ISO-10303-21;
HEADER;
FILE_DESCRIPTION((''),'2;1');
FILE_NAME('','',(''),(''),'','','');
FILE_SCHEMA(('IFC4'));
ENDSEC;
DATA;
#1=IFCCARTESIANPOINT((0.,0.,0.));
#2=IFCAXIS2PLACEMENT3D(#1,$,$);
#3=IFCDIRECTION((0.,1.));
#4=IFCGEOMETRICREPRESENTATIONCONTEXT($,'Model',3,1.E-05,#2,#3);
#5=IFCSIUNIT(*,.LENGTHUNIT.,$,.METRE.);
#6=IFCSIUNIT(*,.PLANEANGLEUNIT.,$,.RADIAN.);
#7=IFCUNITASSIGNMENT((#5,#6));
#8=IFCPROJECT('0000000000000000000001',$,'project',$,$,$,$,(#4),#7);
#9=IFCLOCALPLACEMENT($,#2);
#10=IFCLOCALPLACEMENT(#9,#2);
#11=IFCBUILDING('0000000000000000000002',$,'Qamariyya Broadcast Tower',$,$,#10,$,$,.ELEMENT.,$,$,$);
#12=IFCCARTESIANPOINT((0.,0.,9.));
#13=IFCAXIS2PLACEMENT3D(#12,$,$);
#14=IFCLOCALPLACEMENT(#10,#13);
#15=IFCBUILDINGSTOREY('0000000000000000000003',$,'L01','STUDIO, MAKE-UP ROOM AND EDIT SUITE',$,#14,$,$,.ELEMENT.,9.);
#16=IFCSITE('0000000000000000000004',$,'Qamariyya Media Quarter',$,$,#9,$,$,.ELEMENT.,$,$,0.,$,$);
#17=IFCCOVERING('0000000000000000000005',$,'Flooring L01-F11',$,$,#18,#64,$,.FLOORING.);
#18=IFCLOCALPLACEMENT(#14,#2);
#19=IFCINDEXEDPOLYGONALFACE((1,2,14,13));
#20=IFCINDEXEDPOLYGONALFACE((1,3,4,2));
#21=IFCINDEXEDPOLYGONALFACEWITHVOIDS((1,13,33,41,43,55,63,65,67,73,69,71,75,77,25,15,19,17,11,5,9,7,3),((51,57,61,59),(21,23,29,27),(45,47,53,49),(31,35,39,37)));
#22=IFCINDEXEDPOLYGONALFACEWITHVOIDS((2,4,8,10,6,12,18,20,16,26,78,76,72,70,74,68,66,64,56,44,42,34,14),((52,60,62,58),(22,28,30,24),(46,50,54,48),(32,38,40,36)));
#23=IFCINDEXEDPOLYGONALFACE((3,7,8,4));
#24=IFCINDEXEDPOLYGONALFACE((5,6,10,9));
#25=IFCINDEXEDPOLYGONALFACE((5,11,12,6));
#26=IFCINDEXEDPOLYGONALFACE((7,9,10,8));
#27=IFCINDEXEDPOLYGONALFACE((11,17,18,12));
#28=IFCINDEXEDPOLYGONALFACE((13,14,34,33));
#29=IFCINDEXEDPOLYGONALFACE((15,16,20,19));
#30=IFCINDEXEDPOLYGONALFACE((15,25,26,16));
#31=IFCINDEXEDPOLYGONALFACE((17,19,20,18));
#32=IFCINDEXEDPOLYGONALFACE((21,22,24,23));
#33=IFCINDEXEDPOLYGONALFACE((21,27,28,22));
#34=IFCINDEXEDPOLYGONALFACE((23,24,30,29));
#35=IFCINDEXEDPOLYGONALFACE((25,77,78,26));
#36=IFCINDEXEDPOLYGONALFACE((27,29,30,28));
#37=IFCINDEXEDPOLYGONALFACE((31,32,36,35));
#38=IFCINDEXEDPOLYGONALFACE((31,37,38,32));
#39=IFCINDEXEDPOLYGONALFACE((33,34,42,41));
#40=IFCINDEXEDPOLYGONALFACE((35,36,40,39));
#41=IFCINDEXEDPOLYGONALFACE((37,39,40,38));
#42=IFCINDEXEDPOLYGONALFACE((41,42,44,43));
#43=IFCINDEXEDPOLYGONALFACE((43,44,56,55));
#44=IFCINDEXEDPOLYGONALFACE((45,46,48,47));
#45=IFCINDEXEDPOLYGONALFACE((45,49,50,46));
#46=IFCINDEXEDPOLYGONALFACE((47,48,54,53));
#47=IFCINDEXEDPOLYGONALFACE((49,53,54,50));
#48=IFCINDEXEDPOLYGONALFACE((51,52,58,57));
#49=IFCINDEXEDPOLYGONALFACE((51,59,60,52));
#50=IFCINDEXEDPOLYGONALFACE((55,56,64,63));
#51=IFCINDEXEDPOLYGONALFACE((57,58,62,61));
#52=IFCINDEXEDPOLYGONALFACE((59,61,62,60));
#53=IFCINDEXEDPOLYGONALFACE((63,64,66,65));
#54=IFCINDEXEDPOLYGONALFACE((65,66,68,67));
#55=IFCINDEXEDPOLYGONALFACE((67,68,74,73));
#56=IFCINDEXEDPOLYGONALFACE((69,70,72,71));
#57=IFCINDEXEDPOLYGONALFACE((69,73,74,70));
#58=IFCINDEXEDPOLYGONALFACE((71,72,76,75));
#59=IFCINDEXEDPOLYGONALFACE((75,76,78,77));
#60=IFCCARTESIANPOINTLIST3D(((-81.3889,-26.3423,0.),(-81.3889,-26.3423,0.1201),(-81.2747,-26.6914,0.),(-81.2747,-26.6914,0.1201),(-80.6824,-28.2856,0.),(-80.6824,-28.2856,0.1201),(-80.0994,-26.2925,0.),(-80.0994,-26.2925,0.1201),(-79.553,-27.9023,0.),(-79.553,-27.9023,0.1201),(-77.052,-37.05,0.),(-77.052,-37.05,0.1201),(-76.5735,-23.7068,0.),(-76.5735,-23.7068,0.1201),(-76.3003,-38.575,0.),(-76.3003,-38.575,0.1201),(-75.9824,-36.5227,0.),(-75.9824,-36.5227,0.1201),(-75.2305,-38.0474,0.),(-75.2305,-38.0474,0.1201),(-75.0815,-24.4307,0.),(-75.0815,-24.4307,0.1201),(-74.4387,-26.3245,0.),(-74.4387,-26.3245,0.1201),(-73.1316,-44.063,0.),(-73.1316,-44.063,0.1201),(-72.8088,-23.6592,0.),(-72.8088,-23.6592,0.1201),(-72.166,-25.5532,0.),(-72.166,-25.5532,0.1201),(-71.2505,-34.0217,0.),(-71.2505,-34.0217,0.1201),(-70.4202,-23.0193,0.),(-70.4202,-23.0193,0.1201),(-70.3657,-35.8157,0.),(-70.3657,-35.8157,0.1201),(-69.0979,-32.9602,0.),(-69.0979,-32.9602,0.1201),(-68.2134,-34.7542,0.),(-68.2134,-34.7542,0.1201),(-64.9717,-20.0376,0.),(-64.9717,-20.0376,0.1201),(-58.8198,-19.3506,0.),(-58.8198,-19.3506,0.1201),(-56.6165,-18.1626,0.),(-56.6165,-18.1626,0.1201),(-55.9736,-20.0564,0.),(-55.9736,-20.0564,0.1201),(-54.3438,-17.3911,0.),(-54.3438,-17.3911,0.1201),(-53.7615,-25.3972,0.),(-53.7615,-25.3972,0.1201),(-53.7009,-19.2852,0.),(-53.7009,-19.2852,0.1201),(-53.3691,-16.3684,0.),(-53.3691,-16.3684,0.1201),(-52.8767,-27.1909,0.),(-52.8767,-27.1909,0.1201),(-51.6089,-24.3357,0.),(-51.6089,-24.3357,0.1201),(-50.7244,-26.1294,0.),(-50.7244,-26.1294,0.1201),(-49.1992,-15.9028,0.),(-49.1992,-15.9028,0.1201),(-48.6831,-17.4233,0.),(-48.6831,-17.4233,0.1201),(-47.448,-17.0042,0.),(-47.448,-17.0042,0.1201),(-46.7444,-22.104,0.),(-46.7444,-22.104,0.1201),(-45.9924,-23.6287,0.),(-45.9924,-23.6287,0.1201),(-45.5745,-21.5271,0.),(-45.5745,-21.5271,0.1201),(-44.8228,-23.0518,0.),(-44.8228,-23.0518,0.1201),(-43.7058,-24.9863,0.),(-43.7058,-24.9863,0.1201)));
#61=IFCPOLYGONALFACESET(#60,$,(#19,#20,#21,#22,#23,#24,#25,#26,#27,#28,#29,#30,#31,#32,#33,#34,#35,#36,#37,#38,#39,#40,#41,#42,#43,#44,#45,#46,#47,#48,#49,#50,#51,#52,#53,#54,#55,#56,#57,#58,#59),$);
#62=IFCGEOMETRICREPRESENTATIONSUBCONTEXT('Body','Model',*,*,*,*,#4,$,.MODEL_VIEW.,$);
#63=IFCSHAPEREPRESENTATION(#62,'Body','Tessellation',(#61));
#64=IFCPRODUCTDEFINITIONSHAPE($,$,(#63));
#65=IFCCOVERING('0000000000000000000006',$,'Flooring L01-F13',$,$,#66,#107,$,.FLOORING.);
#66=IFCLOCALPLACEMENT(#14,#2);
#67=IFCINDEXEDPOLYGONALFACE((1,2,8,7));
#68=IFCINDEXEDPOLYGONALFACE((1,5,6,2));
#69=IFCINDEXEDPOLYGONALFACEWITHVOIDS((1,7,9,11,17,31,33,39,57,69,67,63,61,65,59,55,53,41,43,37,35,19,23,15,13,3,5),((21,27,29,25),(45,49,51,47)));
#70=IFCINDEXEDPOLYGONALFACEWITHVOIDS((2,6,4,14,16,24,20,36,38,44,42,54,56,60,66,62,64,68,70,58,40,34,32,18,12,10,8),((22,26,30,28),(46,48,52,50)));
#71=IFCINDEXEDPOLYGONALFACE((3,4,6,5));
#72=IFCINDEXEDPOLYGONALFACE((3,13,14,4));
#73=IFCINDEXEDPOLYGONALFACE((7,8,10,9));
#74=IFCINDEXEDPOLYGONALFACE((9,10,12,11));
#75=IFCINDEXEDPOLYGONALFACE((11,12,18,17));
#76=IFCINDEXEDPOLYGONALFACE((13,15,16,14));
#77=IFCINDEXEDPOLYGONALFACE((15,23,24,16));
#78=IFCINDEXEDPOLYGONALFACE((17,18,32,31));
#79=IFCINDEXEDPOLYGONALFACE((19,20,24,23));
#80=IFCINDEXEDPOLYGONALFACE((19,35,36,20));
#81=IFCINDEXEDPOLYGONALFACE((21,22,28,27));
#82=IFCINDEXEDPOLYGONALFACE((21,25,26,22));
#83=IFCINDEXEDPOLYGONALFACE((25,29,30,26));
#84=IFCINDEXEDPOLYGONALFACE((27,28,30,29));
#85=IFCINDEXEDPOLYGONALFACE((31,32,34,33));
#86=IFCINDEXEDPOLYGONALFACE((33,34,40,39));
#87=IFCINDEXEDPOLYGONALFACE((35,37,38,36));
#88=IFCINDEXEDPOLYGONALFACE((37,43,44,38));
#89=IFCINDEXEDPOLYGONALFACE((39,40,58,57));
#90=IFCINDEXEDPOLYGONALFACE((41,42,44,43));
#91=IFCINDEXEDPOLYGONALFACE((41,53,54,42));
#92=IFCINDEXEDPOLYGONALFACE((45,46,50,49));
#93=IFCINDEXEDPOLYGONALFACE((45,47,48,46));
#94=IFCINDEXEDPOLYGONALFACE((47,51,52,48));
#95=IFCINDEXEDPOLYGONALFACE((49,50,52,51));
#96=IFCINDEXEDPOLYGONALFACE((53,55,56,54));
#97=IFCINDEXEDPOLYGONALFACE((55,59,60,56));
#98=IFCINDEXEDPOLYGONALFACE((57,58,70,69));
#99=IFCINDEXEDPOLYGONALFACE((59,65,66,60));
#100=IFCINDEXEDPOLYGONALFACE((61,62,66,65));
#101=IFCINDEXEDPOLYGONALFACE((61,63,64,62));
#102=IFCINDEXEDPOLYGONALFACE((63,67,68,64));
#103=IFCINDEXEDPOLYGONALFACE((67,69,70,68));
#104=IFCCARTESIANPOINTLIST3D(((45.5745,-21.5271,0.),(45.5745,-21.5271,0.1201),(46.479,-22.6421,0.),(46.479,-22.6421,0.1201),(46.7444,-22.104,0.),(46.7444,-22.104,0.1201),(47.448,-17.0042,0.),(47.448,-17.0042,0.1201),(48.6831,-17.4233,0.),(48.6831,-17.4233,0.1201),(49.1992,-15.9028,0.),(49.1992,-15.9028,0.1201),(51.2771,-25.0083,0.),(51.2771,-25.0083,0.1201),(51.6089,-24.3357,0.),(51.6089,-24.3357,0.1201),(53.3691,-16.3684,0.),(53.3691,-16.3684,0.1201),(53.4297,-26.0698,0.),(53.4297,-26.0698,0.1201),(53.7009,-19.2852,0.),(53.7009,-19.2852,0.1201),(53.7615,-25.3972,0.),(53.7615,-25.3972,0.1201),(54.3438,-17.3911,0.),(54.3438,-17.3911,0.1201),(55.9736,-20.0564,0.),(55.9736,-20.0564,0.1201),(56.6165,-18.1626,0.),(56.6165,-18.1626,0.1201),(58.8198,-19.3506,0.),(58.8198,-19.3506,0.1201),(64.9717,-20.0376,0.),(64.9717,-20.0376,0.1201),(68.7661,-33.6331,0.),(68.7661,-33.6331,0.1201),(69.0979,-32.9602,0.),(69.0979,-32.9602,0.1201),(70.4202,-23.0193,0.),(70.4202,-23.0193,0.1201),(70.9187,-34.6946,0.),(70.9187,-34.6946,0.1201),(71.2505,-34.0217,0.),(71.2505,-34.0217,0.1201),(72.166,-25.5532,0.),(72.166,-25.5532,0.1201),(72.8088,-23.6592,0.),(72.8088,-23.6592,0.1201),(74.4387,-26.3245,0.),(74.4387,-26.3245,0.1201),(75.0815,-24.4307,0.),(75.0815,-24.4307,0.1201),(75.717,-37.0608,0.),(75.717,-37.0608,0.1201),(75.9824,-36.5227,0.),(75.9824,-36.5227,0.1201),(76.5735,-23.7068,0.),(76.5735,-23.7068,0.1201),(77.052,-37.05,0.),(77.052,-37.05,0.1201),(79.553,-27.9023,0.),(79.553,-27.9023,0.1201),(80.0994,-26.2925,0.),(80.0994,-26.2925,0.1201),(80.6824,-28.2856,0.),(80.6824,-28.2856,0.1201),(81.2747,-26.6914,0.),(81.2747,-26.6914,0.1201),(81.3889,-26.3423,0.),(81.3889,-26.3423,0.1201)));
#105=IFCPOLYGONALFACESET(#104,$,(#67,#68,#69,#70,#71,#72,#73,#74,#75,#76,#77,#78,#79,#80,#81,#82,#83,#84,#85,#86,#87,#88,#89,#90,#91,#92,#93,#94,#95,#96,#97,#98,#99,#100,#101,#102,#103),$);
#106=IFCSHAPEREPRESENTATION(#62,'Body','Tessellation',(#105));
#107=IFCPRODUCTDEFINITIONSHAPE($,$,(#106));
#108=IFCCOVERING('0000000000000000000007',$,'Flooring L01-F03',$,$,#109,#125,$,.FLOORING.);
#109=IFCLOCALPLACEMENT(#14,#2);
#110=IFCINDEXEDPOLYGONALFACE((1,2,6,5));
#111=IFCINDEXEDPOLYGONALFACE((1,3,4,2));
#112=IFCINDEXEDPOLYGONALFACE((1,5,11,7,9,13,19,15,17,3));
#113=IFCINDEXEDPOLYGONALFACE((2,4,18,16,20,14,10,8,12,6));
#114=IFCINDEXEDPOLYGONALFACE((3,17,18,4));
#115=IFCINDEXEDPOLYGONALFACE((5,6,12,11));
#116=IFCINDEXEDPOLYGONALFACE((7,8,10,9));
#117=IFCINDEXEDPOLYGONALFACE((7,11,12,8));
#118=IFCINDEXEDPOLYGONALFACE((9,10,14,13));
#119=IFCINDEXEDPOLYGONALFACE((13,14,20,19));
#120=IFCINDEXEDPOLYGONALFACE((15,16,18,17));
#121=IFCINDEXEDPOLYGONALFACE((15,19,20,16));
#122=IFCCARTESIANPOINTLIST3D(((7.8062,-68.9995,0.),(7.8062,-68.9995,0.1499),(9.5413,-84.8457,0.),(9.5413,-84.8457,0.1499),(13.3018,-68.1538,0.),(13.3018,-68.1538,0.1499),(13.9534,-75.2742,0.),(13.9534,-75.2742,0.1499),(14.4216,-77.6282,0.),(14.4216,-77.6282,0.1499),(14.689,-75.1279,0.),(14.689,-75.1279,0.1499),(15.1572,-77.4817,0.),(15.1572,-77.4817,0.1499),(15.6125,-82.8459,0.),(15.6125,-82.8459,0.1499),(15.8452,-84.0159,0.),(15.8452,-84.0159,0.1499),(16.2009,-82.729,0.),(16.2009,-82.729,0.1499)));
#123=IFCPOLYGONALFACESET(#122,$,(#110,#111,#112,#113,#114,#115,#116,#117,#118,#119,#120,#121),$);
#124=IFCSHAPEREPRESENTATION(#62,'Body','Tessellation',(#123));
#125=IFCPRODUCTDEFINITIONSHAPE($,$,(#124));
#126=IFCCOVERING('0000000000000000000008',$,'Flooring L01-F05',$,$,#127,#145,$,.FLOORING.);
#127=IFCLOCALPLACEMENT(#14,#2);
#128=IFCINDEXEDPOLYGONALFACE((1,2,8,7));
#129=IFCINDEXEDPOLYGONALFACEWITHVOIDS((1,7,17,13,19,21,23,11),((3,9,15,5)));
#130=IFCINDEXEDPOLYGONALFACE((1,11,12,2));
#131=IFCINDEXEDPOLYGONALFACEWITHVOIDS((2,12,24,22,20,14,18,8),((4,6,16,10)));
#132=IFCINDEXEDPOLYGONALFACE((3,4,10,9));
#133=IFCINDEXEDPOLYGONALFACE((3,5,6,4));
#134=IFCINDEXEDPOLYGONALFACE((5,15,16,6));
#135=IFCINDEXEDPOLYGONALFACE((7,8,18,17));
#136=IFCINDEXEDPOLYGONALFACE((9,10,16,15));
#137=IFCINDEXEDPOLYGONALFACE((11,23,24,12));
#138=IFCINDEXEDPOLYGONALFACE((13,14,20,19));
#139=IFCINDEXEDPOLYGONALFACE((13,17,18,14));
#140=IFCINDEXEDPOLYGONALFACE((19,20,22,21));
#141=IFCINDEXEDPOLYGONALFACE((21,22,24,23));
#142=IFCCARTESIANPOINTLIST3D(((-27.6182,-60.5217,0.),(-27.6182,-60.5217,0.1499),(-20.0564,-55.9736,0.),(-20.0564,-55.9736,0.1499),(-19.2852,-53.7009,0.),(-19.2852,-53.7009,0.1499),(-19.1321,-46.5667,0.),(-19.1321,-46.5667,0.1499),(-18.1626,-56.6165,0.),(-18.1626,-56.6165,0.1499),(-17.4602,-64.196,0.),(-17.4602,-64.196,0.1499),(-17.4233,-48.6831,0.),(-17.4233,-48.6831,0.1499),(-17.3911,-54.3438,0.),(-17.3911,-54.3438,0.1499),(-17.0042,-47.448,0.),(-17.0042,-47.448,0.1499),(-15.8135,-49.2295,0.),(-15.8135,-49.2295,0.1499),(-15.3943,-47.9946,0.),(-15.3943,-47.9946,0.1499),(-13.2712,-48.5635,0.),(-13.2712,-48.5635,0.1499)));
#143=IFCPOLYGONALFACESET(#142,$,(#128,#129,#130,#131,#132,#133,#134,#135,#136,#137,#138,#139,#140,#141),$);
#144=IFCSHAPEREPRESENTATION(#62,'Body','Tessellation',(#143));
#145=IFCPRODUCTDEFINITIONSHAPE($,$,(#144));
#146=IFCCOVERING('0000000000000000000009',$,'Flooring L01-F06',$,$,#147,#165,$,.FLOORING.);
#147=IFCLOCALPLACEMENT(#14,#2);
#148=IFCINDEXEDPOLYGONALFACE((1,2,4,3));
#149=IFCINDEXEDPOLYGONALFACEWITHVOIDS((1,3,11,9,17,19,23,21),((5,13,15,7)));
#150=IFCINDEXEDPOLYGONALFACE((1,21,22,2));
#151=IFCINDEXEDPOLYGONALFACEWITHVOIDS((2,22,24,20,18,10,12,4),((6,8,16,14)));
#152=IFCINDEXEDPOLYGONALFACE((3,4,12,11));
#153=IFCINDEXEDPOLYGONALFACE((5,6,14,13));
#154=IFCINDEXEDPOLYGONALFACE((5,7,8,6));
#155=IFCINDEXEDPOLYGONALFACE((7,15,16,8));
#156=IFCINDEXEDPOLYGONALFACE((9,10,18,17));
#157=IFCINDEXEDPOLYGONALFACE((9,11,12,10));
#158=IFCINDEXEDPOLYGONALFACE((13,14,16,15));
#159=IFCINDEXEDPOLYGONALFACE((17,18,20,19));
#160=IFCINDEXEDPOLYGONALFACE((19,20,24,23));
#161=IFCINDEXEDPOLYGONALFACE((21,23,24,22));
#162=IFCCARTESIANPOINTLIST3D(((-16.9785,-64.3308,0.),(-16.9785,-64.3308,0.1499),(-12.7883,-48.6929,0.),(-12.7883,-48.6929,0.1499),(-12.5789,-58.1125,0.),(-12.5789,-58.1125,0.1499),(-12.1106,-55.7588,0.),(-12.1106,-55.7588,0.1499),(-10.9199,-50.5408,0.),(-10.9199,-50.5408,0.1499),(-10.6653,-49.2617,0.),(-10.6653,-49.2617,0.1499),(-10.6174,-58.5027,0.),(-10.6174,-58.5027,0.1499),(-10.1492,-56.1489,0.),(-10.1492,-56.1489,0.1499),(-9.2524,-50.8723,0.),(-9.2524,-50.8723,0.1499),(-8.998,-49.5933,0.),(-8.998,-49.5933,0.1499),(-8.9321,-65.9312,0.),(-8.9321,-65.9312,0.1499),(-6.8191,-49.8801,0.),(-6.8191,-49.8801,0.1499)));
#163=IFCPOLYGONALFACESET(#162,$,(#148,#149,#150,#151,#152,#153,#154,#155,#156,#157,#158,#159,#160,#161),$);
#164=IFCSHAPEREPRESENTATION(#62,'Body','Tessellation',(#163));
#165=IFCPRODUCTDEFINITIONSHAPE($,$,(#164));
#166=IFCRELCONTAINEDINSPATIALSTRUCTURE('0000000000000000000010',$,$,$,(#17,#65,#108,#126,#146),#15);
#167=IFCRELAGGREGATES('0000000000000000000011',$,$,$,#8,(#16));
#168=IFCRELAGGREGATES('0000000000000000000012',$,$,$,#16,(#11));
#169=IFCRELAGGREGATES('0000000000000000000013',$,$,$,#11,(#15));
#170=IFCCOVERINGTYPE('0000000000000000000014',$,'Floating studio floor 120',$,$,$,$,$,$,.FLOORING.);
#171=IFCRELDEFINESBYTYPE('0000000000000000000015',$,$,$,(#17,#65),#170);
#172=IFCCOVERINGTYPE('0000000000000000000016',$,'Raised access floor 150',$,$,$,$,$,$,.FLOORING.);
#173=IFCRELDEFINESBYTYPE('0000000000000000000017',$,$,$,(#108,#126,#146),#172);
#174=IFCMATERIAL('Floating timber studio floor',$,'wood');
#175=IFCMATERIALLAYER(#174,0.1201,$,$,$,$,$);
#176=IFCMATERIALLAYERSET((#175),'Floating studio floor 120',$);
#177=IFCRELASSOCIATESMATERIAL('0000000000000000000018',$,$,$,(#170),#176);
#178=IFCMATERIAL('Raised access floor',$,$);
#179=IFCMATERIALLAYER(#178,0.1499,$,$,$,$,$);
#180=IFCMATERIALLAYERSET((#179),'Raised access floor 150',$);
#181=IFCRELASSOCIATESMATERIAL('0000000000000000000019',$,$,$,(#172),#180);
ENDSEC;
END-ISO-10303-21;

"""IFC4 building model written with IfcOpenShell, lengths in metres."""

from ifc_helpers import new_model, si_unit, direction, frame, origin, place, context, subcontext, project, spatial, polyline, outline, extrude, material, layer, layer_set, type_object, element, save


model = new_model("IFC4")

# Units and contexts
model_context = context("Model", 3, precision=1e-05, world=origin(), true_north=direction((0.0, 1.0)))
body_context = subcontext(model_context, "Body", "Model", "MODEL_VIEW")
ifc_project = project(units=[si_unit("LENGTHUNIT", "METRE"), si_unit("PLANEANGLEUNIT", "RADIAN")], contexts=[model_context])

# Site, building, storey
site_placement = place(None, origin())
site = spatial("IfcSite", under=ifc_project, at=site_placement, Name="Qamariyya Media Quarter", CompositionType="ELEMENT", RefElevation=0.0)
building_placement = place(site_placement, origin())
building = spatial("IfcBuilding", under=site, at=building_placement, Name="Qamariyya Broadcast Tower", CompositionType="ELEMENT")
storey_placement = place(building_placement, frame((0.0, 0.0, 9.0)))
storey = spatial("IfcBuildingStorey", under=building, at=storey_placement, Name="L01", Description="STUDIO, MAKE-UP ROOM AND EDIT SUITE", CompositionType="ELEMENT", Elevation=9.0)

# Coverings
ifc_material_1 = material(Name="Floating timber studio floor", Category="wood")
ifc_layer_1 = layer(ifc_material_1, 0.1201)
ifc_layer_set_1 = layer_set([ifc_layer_1], Name="Floating studio floor 120")
covering_type_1 = type_object("IfcCoveringType", Name="Floating studio floor 120", PredefinedType="FLOORING", material=ifc_layer_set_1)
covering_1_placement = place(storey_placement, origin())
element("IfcCovering", 1, at=covering_1_placement, inside=storey, type_object=covering_type_1, Name="Flooring L01-F11", PredefinedType="FLOORING", context=body_context, shape_type="SweptSolid", body=[
    extrude(outline(polyline([(-48.6831, -17.4233), (-47.448, -17.0042), (-45.5745, -21.5271), (-46.7444, -22.104), (-45.9924, -23.6287), (-44.8228, -23.0518), (-43.7058, -24.9863), (-73.1316, -44.063), (-76.3003, -38.575), (-75.2305, -38.0474), (-75.9824, -36.5227), (-77.052, -37.05), (-80.6824, -28.2856), (-79.553, -27.9023), (-80.0994, -26.2925), (-81.2747, -26.6914), (-81.3889, -26.3423), (-76.5735, -23.7068), (-70.4202, -23.0193), (-64.9717, -20.0376), (-58.8198, -19.3506), (-53.3691, -16.3684), (-49.1992, -15.9028), (-48.6831, -17.4233)]), holes=[polyline([(-53.7615, -25.3972), (-52.8767, -27.1909), (-50.7244, -26.1294), (-51.6089, -24.3357), (-53.7615, -25.3972)]), polyline([(-56.6165, -18.1626), (-55.9736, -20.0564), (-53.7009, -19.2852), (-54.3438, -17.3911), (-56.6165, -18.1626)]), polyline([(-71.2505, -34.0217), (-70.3657, -35.8157), (-68.2134, -34.7542), (-69.0979, -32.9602), (-71.2505, -34.0217)]), polyline([(-72.8088, -23.6592), (-75.0815, -24.4307), (-74.4387, -26.3245), (-72.166, -25.5532), (-72.8088, -23.6592)])]), origin(), (0.0, 0.0, 1.0), 0.1201),
])
covering_2_placement = place(storey_placement, origin())
element("IfcCovering", 2, at=covering_2_placement, inside=storey, type_object=covering_type_1, Name="Flooring L01-F13", PredefinedType="FLOORING", context=body_context, shape_type="SweptSolid", body=[
    extrude(outline(polyline([(53.3691, -16.3684), (58.8198, -19.3506), (64.9717, -20.0376), (70.4202, -23.0193), (76.5735, -23.7068), (81.3889, -26.3423), (81.2747, -26.6914), (80.0994, -26.2925), (79.553, -27.9023), (80.6824, -28.2856), (77.052, -37.05), (75.9824, -36.5227), (75.717, -37.0608), (70.9187, -34.6946), (71.2505, -34.0217), (69.0979, -32.9602), (68.7661, -33.6331), (53.4297, -26.0698), (53.7615, -25.3972), (51.6089, -24.3357), (51.2771, -25.0083), (46.479, -22.6421), (46.7444, -22.104), (45.5745, -21.5271), (47.448, -17.0042), (48.6831, -17.4233), (49.1992, -15.9028), (53.3691, -16.3684)]), holes=[polyline([(74.4387, -26.3245), (75.0815, -24.4307), (72.8088, -23.6592), (72.166, -25.5532), (74.4387, -26.3245)]), polyline([(53.7009, -19.2852), (55.9736, -20.0564), (56.6165, -18.1626), (54.3438, -17.3911), (53.7009, -19.2852)])]), origin(), (0.0, 0.0, 1.0), 0.1201),
])
ifc_material_2 = material(Name="Raised access floor")
ifc_layer_2 = layer(ifc_material_2, 0.1499)
ifc_layer_set_2 = layer_set([ifc_layer_2], Name="Raised access floor 150")
covering_type_2 = type_object("IfcCoveringType", Name="Raised access floor 150", PredefinedType="FLOORING", material=ifc_layer_set_2)
covering_3_placement = place(storey_placement, origin())
element("IfcCovering", 3, at=covering_3_placement, inside=storey, type_object=covering_type_2, Name="Flooring L01-F03", PredefinedType="FLOORING", context=body_context, shape_type="SweptSolid", body=[
    extrude(outline(polyline([(14.689, -75.1279), (13.9534, -75.2742), (14.4216, -77.6282), (15.1572, -77.4817), (16.2009, -82.729), (15.6125, -82.8459), (15.8452, -84.0159), (9.5413, -84.8457), (7.8062, -68.9995), (13.3018, -68.1538), (14.689, -75.1279)])), origin(), (0.0, 0.0, 1.0), 0.1499),
])
covering_4_placement = place(storey_placement, origin())
element("IfcCovering", 4, at=covering_4_placement, inside=storey, type_object=covering_type_2, Name="Flooring L01-F05", PredefinedType="FLOORING", context=body_context, shape_type="SweptSolid", body=[
    extrude(outline(polyline([(-19.1321, -46.5667), (-17.0042, -47.448), (-17.4233, -48.6831), (-15.8135, -49.2295), (-15.3943, -47.9946), (-13.2712, -48.5635), (-17.4602, -64.196), (-27.6182, -60.5217), (-19.1321, -46.5667)]), holes=[polyline([(-20.0564, -55.9736), (-18.1626, -56.6165), (-17.3911, -54.3438), (-19.2852, -53.7009), (-20.0564, -55.9736)])]), origin(), (0.0, 0.0, 1.0), 0.1499),
])
covering_5_placement = place(storey_placement, origin())
element("IfcCovering", 5, at=covering_5_placement, inside=storey, type_object=covering_type_2, Name="Flooring L01-F06", PredefinedType="FLOORING", context=body_context, shape_type="SweptSolid", body=[
    extrude(outline(polyline([(-12.7883, -48.6929), (-10.6653, -49.2617), (-10.9199, -50.5408), (-9.2524, -50.8723), (-8.998, -49.5933), (-6.8191, -49.8801), (-8.9321, -65.9312), (-16.9785, -64.3308), (-12.7883, -48.6929)]), holes=[polyline([(-12.5789, -58.1125), (-10.6174, -58.5027), (-10.1492, -56.1489), (-12.1106, -55.7588), (-12.5789, -58.1125)])]), origin(), (0.0, 0.0, 1.0), 0.1499),
])

save(model, "model.ifc")
